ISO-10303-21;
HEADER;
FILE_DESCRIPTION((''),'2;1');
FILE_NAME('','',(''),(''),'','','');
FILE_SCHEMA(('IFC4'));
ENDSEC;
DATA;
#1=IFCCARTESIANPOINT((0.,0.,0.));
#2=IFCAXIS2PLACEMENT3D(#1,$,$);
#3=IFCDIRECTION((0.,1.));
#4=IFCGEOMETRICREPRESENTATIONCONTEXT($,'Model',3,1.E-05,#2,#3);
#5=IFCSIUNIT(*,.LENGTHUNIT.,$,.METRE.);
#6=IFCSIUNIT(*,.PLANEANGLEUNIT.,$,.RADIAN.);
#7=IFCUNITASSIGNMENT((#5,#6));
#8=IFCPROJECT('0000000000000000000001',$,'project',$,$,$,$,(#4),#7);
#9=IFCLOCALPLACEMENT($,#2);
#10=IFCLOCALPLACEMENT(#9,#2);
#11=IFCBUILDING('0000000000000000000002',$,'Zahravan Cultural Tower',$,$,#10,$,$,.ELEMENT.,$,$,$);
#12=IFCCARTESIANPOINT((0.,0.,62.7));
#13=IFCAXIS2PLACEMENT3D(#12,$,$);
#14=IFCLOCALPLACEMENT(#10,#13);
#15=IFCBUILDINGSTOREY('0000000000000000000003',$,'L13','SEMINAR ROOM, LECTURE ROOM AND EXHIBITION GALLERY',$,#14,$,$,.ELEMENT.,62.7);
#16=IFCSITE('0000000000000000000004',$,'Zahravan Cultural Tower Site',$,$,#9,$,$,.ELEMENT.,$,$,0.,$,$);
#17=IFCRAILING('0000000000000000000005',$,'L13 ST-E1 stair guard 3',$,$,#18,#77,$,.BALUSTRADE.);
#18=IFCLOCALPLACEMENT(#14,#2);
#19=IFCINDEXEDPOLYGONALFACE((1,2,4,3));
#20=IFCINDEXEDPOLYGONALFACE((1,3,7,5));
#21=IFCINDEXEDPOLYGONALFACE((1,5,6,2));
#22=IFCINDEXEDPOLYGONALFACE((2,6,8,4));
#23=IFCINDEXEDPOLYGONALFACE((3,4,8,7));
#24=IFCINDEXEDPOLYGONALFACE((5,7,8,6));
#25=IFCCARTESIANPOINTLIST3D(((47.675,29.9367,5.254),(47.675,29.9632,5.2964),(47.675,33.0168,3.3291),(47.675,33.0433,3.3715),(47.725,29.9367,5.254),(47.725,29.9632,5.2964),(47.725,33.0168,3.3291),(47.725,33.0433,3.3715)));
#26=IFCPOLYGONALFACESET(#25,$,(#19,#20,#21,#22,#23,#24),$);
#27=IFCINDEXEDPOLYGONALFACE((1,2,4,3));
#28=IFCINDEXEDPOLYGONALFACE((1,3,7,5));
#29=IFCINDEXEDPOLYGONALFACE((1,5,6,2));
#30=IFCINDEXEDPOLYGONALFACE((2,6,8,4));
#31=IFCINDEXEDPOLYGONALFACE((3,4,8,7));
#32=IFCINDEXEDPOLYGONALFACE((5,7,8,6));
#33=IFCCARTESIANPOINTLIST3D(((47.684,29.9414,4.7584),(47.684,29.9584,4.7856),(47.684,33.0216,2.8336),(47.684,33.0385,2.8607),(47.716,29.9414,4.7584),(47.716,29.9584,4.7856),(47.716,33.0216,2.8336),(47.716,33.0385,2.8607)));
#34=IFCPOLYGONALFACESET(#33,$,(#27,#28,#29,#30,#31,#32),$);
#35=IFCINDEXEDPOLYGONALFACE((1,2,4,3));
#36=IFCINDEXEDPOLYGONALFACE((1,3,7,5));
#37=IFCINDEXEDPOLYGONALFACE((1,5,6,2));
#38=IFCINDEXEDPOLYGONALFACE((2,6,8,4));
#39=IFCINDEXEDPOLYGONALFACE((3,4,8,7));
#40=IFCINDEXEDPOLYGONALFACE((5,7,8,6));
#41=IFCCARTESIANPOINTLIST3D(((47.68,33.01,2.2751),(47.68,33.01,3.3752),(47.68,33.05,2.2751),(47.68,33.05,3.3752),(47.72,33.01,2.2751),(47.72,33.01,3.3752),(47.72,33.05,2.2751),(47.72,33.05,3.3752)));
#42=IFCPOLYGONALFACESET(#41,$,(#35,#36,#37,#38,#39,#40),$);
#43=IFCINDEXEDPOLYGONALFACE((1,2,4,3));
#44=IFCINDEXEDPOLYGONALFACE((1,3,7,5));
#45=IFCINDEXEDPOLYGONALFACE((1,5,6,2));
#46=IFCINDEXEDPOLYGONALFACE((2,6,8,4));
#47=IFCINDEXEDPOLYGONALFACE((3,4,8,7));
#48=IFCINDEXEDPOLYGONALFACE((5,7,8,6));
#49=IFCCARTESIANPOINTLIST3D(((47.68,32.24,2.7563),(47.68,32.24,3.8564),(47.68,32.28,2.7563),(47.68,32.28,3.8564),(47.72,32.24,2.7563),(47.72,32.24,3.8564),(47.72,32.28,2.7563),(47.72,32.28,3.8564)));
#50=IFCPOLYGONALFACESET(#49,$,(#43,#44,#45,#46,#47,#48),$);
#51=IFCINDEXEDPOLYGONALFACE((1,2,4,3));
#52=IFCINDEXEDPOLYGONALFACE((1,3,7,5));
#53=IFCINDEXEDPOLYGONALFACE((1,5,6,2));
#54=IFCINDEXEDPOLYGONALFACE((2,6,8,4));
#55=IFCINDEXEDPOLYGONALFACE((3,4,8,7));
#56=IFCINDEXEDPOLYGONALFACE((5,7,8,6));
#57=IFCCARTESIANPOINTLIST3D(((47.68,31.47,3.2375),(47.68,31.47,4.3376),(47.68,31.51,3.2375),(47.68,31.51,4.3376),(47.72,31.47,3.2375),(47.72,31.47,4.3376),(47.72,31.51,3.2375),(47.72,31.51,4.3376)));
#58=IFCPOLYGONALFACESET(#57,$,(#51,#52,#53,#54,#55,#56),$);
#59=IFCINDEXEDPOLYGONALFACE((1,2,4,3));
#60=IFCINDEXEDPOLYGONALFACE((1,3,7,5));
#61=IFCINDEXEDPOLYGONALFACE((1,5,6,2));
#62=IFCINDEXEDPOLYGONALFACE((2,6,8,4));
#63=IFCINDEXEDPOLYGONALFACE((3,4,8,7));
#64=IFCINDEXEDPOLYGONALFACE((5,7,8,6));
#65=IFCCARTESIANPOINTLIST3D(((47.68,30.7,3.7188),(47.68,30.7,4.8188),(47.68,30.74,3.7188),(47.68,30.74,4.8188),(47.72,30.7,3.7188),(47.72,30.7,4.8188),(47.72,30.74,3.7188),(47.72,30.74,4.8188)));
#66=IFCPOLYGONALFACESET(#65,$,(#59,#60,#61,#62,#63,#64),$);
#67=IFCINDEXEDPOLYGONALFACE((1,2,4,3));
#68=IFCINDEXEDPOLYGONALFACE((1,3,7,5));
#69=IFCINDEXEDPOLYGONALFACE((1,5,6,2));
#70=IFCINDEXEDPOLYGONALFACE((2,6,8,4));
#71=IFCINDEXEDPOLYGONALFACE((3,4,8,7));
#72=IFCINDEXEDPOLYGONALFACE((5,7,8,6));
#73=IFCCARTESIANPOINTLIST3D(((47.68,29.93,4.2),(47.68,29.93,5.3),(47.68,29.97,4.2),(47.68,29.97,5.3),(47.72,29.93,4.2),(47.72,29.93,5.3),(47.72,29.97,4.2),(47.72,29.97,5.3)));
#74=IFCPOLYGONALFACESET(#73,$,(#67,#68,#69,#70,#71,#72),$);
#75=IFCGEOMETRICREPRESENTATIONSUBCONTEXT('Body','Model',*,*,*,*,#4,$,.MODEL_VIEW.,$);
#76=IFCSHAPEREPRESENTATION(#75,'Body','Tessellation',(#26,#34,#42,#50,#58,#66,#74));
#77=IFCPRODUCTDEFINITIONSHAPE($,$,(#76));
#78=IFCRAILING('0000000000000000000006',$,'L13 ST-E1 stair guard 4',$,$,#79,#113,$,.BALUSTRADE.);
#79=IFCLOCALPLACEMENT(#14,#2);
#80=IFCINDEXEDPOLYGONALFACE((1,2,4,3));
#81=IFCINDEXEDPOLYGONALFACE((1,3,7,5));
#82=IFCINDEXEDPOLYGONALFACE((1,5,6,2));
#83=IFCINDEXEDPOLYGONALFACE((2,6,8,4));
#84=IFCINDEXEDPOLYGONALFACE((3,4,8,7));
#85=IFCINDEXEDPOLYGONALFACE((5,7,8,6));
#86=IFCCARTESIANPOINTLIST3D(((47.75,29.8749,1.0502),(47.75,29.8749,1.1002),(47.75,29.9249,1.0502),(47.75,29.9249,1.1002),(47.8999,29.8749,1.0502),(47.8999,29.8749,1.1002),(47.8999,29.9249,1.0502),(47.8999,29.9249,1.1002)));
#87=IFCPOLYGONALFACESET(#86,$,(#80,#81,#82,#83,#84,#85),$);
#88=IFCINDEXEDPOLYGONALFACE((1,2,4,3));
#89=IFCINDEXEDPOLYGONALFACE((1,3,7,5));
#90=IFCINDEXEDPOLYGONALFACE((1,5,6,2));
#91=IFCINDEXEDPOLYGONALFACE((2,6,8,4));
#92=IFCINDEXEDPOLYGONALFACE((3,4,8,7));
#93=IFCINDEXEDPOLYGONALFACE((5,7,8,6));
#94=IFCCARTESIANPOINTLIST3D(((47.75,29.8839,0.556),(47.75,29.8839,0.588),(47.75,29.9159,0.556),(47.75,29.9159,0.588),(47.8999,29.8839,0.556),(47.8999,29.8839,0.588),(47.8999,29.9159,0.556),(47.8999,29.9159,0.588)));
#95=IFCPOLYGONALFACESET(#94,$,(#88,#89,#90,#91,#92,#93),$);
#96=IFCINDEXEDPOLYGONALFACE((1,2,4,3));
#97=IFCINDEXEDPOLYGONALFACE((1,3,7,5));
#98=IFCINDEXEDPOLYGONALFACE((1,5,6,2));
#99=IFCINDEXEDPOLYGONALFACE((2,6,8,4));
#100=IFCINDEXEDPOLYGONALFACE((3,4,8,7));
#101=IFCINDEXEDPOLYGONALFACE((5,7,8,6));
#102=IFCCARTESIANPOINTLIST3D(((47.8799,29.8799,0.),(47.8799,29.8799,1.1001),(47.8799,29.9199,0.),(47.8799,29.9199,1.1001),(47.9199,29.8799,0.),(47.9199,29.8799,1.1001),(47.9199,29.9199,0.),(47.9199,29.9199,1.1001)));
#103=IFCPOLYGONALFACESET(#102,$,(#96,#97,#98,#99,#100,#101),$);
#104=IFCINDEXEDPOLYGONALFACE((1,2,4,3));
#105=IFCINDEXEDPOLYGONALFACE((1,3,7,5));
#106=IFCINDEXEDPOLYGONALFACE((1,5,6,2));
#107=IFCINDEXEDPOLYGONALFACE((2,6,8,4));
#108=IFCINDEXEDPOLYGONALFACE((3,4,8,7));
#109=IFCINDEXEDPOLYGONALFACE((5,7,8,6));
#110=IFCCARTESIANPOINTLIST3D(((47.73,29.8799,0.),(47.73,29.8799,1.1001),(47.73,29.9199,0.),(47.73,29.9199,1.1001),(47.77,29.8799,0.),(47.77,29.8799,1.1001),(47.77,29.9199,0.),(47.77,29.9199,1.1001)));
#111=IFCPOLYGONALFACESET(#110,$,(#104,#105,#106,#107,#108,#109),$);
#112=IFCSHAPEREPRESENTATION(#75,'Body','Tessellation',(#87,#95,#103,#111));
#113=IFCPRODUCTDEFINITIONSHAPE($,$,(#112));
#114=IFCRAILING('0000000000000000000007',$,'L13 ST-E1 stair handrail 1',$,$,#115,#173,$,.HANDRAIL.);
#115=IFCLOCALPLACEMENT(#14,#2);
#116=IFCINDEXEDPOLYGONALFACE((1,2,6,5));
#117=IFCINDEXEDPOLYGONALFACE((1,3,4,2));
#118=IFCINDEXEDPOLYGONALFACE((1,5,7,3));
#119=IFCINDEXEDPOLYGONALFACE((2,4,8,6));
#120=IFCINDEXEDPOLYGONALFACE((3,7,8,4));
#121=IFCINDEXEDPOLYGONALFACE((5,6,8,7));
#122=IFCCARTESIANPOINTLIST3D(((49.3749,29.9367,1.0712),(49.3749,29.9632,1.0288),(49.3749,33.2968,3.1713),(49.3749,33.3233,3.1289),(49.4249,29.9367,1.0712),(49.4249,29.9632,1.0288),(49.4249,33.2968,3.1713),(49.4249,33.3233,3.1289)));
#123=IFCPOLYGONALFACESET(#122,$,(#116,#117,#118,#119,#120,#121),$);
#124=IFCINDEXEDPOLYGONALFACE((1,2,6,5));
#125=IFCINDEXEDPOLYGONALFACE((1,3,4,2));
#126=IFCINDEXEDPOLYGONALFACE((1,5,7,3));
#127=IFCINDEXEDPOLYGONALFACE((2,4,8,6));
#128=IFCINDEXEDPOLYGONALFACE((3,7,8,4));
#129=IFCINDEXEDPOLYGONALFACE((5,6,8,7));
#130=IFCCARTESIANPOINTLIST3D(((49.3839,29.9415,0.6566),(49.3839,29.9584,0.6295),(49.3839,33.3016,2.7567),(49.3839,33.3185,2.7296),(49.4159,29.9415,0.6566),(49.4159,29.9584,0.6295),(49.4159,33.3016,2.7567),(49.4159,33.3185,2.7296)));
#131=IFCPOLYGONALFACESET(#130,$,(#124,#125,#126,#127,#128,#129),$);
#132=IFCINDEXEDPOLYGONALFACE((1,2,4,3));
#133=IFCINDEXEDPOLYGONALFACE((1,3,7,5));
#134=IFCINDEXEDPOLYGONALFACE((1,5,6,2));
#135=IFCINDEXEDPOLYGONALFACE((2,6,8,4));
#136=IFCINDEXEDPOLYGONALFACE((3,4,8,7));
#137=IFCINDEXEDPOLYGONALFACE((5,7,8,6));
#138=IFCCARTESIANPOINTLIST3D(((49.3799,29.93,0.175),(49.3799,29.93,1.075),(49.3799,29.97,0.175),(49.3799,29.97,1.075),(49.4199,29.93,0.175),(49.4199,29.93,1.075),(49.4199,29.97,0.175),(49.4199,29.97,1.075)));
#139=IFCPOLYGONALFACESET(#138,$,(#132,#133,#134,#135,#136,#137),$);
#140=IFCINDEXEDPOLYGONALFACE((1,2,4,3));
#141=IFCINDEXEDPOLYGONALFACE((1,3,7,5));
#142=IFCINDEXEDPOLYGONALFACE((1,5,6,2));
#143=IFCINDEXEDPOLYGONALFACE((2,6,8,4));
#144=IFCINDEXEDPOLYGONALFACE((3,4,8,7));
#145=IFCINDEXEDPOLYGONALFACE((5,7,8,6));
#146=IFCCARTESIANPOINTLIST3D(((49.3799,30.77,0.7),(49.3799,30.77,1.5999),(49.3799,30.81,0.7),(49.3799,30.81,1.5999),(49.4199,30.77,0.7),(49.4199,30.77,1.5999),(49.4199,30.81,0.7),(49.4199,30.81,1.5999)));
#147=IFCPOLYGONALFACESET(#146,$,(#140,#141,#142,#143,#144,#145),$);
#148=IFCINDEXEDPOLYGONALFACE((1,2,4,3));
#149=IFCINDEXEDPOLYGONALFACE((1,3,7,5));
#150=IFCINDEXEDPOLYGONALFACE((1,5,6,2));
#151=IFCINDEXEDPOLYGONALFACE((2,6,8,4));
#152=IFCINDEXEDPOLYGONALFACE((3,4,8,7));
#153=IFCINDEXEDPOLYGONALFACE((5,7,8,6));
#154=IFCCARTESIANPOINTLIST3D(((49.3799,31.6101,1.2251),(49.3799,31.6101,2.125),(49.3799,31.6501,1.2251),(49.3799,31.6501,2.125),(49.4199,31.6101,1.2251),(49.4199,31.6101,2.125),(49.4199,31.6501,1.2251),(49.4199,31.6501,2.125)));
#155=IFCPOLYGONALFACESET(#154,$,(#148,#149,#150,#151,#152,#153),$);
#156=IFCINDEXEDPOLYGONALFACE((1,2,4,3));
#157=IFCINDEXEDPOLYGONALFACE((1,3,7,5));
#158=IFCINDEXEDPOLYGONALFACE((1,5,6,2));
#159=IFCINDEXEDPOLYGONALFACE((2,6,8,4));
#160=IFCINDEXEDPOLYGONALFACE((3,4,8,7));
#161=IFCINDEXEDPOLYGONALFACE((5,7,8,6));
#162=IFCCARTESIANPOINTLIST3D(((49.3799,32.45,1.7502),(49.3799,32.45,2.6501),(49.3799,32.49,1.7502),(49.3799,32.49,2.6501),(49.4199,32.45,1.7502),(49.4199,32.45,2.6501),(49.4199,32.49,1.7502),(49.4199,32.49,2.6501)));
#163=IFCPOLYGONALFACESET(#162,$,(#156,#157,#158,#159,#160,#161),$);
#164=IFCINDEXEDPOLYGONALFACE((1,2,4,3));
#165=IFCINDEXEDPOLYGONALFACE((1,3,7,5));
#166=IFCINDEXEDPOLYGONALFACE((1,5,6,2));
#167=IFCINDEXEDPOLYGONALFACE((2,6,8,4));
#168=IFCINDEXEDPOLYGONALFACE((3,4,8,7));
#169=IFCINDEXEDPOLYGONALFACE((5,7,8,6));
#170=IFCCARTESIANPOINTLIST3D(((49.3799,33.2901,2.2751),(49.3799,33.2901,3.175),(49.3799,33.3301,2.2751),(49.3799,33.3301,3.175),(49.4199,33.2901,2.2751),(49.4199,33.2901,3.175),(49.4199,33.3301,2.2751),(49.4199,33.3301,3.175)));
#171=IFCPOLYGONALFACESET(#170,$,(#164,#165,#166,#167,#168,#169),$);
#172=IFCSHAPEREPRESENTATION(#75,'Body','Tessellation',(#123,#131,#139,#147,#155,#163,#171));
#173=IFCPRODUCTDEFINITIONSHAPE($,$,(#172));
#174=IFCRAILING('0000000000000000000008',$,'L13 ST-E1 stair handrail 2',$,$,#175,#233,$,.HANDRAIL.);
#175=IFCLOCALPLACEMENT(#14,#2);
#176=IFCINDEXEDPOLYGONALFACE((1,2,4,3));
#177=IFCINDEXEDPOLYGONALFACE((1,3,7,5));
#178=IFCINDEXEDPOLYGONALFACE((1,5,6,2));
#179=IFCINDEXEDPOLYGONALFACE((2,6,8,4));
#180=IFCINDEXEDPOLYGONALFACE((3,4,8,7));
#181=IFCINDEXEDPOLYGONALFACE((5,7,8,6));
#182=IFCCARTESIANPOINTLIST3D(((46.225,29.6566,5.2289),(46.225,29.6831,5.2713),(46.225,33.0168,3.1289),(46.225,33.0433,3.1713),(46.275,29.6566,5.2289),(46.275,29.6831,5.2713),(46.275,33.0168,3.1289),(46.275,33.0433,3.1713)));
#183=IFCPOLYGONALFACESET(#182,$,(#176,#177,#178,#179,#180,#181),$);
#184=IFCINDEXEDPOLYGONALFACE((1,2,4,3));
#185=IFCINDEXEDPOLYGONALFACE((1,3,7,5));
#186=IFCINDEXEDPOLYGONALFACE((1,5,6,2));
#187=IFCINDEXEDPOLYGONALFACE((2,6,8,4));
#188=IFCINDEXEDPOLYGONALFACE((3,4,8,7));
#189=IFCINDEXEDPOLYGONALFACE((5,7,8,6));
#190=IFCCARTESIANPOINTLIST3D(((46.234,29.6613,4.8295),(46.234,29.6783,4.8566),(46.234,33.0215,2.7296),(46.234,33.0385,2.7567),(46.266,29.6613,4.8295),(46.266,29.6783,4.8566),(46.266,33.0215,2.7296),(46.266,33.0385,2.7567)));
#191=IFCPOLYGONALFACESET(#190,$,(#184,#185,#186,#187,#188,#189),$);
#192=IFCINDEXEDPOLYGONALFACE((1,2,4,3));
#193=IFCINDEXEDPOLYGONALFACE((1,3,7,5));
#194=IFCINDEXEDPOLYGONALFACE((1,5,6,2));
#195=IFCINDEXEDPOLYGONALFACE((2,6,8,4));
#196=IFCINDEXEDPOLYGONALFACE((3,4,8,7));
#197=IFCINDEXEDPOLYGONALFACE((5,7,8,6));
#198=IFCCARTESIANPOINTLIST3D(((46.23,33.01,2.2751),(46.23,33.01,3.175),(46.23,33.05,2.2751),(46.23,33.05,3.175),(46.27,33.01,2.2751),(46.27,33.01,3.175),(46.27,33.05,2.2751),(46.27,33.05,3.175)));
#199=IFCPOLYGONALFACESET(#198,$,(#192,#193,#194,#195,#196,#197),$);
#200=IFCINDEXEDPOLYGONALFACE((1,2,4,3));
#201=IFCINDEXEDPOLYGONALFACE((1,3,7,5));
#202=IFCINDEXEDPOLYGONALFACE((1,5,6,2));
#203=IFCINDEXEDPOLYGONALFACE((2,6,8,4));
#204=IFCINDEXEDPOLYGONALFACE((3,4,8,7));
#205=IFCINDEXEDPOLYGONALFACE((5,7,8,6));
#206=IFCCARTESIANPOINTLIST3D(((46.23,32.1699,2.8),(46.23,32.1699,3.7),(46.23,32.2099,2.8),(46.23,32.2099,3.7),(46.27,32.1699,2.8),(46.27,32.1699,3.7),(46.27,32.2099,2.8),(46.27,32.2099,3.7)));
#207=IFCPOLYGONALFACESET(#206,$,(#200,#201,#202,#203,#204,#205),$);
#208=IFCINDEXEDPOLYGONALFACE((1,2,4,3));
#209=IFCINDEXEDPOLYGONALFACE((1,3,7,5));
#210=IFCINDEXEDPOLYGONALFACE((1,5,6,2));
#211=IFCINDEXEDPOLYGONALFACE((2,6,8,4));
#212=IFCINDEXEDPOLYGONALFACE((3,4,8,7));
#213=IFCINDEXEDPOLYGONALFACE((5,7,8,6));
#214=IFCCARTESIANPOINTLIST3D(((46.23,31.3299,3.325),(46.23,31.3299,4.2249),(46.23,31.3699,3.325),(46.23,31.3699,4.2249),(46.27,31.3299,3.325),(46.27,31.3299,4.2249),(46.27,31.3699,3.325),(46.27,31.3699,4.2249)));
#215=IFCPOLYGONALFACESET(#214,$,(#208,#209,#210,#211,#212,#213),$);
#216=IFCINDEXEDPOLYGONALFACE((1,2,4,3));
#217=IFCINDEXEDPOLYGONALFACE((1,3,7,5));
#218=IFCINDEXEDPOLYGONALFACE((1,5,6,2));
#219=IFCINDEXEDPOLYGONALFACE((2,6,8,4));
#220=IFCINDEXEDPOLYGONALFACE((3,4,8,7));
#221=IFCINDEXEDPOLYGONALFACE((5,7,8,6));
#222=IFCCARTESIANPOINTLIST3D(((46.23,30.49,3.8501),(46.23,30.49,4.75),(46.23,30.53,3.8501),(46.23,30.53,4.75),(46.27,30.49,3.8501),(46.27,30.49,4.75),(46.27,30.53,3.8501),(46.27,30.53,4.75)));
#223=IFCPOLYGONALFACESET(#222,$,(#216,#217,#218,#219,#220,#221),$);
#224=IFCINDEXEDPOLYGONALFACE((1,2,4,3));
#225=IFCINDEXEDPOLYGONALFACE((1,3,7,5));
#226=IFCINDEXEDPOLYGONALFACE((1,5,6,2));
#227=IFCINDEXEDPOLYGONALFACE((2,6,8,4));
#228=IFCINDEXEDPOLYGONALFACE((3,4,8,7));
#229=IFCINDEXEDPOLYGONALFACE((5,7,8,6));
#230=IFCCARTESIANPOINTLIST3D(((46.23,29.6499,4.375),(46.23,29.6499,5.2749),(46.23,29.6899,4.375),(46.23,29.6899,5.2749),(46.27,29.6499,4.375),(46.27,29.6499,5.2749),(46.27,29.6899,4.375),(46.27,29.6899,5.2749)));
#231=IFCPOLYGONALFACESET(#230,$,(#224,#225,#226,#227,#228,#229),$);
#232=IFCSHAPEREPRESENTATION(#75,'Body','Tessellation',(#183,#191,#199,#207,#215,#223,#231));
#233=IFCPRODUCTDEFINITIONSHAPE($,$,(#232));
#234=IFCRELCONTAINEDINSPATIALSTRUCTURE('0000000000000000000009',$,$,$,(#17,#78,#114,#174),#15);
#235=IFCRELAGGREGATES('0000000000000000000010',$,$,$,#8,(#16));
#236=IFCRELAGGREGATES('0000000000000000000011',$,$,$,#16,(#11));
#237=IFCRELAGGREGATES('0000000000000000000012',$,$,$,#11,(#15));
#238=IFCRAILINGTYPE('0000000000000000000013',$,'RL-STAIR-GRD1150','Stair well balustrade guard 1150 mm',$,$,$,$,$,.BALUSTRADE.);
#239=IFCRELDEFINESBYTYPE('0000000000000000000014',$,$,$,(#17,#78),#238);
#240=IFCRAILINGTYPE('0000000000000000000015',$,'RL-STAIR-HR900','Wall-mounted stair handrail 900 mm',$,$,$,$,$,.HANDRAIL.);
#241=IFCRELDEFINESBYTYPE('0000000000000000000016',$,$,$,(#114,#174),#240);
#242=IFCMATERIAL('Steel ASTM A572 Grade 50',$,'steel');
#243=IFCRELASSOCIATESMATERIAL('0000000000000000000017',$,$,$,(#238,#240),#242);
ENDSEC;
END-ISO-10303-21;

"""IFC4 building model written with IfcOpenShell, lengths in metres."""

from ifc_helpers import new_model, si_unit, direction, frame, origin, origin_2d, place, context, subcontext, project, spatial, rectangle, extrude, material, type_object, element, save


model = new_model("IFC4")

# Units and contexts
model_context = context("Model", 3, precision=1e-05, world=origin(), true_north=direction((0.0, 1.0)))
body_context = subcontext(model_context, "Body", "Model", "MODEL_VIEW")
ifc_project = project(units=[si_unit("LENGTHUNIT", "METRE"), si_unit("PLANEANGLEUNIT", "RADIAN")], contexts=[model_context])

# Site, building, storey
site_placement = place(None, origin())
site = spatial("IfcSite", under=ifc_project, at=site_placement, Name="Zahravan Cultural Tower Site", CompositionType="ELEMENT", RefElevation=0.0)
building_placement = place(site_placement, origin())
building = spatial("IfcBuilding", under=site, at=building_placement, Name="Zahravan Cultural Tower", CompositionType="ELEMENT")
storey_placement = place(building_placement, frame((0.0, 0.0, 62.7)))
storey = spatial("IfcBuildingStorey", under=building, at=storey_placement, Name="L13", Description="SEMINAR ROOM, LECTURE ROOM AND EXHIBITION GALLERY", CompositionType="ELEMENT", Elevation=62.7)

# Shared definitions
ifc_material_1 = material(Name="Steel ASTM A572 Grade 50", Category="steel")

# Railings
railing_type_1 = type_object("IfcRailingType", Name="RL-STAIR-GRD1150", Description="Stair well balustrade guard 1150 mm", PredefinedType="BALUSTRADE", material=ifc_material_1)
railing_1_placement = place(storey_placement, frame((47.7, 33.03, 2.2751)))
element("IfcRailing", 1, at=railing_1_placement, inside=storey, type_object=railing_type_1, Name="L13 ST-E1 stair guard 3", PredefinedType="BALUSTRADE", context=body_context, shape_type="SweptSolid", body=[
    extrude(rectangle(XDim=0.05, YDim=0.05, at=origin_2d()), frame((0.0, 0.0, 1.0752), z_axis=(0.0, -0.848029, 0.529951), x_axis=(1.0, 0.0, 0.0)), (0.0, 0.0, 1.0), 3.6321),
    extrude(rectangle(XDim=0.032, YDim=0.032, at=origin_2d()), frame((0.0, 0.0, 0.572), z_axis=(0.0, -0.848029, 0.529951), x_axis=(1.0, 0.0, 0.0)), (0.0, 0.0, 1.0), 3.6321),
    extrude(rectangle(XDim=0.04, YDim=0.04, at=origin_2d()), origin(), (0.0, 0.0, 1.0), 1.1001),
    extrude(rectangle(XDim=0.04, YDim=0.04, at=origin_2d()), frame((0.0, -0.77, 0.4812)), (0.0, 0.0, 1.0), 1.1001),
    extrude(rectangle(XDim=0.04, YDim=0.04, at=origin_2d()), frame((0.0, -1.54, 0.9624)), (0.0, 0.0, 1.0), 1.1001),
    extrude(rectangle(XDim=0.04, YDim=0.04, at=origin_2d()), frame((0.0, -2.3101, 1.4436)), (0.0, 0.0, 1.0), 1.1001),
    extrude(rectangle(XDim=0.04, YDim=0.04, at=origin_2d()), frame((0.0, -3.0801, 1.9248)), (0.0, 0.0, 1.0), 1.1001),
])
railing_2_placement = place(storey_placement, frame((47.8999, 29.8999, 0.0)))
element("IfcRailing", 2, at=railing_2_placement, inside=storey, type_object=railing_type_1, Name="L13 ST-E1 stair guard 4", PredefinedType="BALUSTRADE", context=body_context, shape_type="SweptSolid", body=[
    extrude(rectangle(XDim=0.05, YDim=0.05, at=origin_2d()), frame((0.0, 0.0, 1.0752), z_axis=(-1.0, 0.0, 0.0), x_axis=(0.0, -1.0, 0.0)), (0.0, 0.0, 1.0), 0.1499),
    extrude(rectangle(XDim=0.032, YDim=0.032, at=origin_2d()), frame((0.0, 0.0, 0.572), z_axis=(-1.0, 0.0, 0.0), x_axis=(0.0, -1.0, 0.0)), (0.0, 0.0, 1.0), 0.1499),
    extrude(rectangle(XDim=0.04, YDim=0.04, at=origin_2d()), origin(), (0.0, 0.0, 1.0), 1.1001),
    extrude(rectangle(XDim=0.04, YDim=0.04, at=origin_2d()), frame((-0.1499, 0.0, 0.0)), (0.0, 0.0, 1.0), 1.1001),
])
railing_type_2 = type_object("IfcRailingType", Name="RL-STAIR-HR900", Description="Wall-mounted stair handrail 900 mm", PredefinedType="HANDRAIL", material=ifc_material_1)
railing_3_placement = place(storey_placement, frame((49.3999, 29.95, 0.175)))
element("IfcRailing", 3, at=railing_3_placement, inside=storey, type_object=railing_type_2, Name="L13 ST-E1 stair handrail 1", PredefinedType="HANDRAIL", context=body_context, shape_type="SweptSolid", body=[
    extrude(rectangle(XDim=0.05, YDim=0.05, at=origin_2d()), frame((0.0, 0.0, 0.875), z_axis=(0.0, 0.847995, 0.530004), x_axis=(-1.0, 0.0, 0.0)), (0.0, 0.0, 1.0), 3.9624),
    extrude(rectangle(XDim=0.032, YDim=0.032, at=origin_2d()), frame((0.0, 0.0, 0.468), z_axis=(0.0, 0.847995, 0.530004), x_axis=(-1.0, 0.0, 0.0)), (0.0, 0.0, 1.0), 3.9624),
    extrude(rectangle(XDim=0.04, YDim=0.04, at=origin_2d()), origin(), (0.0, 0.0, 1.0), 0.8999),
    extrude(rectangle(XDim=0.04, YDim=0.04, at=origin_2d()), frame((0.0, 0.8401, 0.5249)), (0.0, 0.0, 1.0), 0.8999),
    extrude(rectangle(XDim=0.04, YDim=0.04, at=origin_2d()), frame((0.0, 1.6802, 1.05)), (0.0, 0.0, 1.0), 0.8999),
    extrude(rectangle(XDim=0.04, YDim=0.04, at=origin_2d()), frame((0.0, 2.52, 1.5752)), (0.0, 0.0, 1.0), 0.8999),
    extrude(rectangle(XDim=0.04, YDim=0.04, at=origin_2d()), frame((0.0, 3.3601, 2.1001)), (0.0, 0.0, 1.0), 0.8999),
])
railing_4_placement = place(storey_placement, frame((46.25, 33.03, 2.2751)))
element("IfcRailing", 4, at=railing_4_placement, inside=storey, type_object=railing_type_2, Name="L13 ST-E1 stair handrail 2", PredefinedType="HANDRAIL", context=body_context, shape_type="SweptSolid", body=[
    extrude(rectangle(XDim=0.05, YDim=0.05, at=origin_2d()), frame((0.0, 0.0, 0.875), z_axis=(0.0, -0.848023, 0.52996), x_axis=(1.0, 0.0, 0.0)), (0.0, 0.0, 1.0), 3.9624),
    extrude(rectangle(XDim=0.032, YDim=0.032, at=origin_2d()), frame((0.0, 0.0, 0.468), z_axis=(0.0, -0.848023, 0.52996), x_axis=(1.0, 0.0, 0.0)), (0.0, 0.0, 1.0), 3.9624),
    extrude(rectangle(XDim=0.04, YDim=0.04, at=origin_2d()), origin(), (0.0, 0.0, 1.0), 0.8999),
    extrude(rectangle(XDim=0.04, YDim=0.04, at=origin_2d()), frame((0.0, -0.8401, 0.5249)), (0.0, 0.0, 1.0), 0.8999),
    extrude(rectangle(XDim=0.04, YDim=0.04, at=origin_2d()), frame((0.0, -1.6802, 1.0498)), (0.0, 0.0, 1.0), 0.8999),
    extrude(rectangle(XDim=0.04, YDim=0.04, at=origin_2d()), frame((0.0, -2.52, 1.575)), (0.0, 0.0, 1.0), 0.8999),
    extrude(rectangle(XDim=0.04, YDim=0.04, at=origin_2d()), frame((0.0, -3.3601, 2.0999)), (0.0, 0.0, 1.0), 0.8999),
])

save(model, "model.ifc")
